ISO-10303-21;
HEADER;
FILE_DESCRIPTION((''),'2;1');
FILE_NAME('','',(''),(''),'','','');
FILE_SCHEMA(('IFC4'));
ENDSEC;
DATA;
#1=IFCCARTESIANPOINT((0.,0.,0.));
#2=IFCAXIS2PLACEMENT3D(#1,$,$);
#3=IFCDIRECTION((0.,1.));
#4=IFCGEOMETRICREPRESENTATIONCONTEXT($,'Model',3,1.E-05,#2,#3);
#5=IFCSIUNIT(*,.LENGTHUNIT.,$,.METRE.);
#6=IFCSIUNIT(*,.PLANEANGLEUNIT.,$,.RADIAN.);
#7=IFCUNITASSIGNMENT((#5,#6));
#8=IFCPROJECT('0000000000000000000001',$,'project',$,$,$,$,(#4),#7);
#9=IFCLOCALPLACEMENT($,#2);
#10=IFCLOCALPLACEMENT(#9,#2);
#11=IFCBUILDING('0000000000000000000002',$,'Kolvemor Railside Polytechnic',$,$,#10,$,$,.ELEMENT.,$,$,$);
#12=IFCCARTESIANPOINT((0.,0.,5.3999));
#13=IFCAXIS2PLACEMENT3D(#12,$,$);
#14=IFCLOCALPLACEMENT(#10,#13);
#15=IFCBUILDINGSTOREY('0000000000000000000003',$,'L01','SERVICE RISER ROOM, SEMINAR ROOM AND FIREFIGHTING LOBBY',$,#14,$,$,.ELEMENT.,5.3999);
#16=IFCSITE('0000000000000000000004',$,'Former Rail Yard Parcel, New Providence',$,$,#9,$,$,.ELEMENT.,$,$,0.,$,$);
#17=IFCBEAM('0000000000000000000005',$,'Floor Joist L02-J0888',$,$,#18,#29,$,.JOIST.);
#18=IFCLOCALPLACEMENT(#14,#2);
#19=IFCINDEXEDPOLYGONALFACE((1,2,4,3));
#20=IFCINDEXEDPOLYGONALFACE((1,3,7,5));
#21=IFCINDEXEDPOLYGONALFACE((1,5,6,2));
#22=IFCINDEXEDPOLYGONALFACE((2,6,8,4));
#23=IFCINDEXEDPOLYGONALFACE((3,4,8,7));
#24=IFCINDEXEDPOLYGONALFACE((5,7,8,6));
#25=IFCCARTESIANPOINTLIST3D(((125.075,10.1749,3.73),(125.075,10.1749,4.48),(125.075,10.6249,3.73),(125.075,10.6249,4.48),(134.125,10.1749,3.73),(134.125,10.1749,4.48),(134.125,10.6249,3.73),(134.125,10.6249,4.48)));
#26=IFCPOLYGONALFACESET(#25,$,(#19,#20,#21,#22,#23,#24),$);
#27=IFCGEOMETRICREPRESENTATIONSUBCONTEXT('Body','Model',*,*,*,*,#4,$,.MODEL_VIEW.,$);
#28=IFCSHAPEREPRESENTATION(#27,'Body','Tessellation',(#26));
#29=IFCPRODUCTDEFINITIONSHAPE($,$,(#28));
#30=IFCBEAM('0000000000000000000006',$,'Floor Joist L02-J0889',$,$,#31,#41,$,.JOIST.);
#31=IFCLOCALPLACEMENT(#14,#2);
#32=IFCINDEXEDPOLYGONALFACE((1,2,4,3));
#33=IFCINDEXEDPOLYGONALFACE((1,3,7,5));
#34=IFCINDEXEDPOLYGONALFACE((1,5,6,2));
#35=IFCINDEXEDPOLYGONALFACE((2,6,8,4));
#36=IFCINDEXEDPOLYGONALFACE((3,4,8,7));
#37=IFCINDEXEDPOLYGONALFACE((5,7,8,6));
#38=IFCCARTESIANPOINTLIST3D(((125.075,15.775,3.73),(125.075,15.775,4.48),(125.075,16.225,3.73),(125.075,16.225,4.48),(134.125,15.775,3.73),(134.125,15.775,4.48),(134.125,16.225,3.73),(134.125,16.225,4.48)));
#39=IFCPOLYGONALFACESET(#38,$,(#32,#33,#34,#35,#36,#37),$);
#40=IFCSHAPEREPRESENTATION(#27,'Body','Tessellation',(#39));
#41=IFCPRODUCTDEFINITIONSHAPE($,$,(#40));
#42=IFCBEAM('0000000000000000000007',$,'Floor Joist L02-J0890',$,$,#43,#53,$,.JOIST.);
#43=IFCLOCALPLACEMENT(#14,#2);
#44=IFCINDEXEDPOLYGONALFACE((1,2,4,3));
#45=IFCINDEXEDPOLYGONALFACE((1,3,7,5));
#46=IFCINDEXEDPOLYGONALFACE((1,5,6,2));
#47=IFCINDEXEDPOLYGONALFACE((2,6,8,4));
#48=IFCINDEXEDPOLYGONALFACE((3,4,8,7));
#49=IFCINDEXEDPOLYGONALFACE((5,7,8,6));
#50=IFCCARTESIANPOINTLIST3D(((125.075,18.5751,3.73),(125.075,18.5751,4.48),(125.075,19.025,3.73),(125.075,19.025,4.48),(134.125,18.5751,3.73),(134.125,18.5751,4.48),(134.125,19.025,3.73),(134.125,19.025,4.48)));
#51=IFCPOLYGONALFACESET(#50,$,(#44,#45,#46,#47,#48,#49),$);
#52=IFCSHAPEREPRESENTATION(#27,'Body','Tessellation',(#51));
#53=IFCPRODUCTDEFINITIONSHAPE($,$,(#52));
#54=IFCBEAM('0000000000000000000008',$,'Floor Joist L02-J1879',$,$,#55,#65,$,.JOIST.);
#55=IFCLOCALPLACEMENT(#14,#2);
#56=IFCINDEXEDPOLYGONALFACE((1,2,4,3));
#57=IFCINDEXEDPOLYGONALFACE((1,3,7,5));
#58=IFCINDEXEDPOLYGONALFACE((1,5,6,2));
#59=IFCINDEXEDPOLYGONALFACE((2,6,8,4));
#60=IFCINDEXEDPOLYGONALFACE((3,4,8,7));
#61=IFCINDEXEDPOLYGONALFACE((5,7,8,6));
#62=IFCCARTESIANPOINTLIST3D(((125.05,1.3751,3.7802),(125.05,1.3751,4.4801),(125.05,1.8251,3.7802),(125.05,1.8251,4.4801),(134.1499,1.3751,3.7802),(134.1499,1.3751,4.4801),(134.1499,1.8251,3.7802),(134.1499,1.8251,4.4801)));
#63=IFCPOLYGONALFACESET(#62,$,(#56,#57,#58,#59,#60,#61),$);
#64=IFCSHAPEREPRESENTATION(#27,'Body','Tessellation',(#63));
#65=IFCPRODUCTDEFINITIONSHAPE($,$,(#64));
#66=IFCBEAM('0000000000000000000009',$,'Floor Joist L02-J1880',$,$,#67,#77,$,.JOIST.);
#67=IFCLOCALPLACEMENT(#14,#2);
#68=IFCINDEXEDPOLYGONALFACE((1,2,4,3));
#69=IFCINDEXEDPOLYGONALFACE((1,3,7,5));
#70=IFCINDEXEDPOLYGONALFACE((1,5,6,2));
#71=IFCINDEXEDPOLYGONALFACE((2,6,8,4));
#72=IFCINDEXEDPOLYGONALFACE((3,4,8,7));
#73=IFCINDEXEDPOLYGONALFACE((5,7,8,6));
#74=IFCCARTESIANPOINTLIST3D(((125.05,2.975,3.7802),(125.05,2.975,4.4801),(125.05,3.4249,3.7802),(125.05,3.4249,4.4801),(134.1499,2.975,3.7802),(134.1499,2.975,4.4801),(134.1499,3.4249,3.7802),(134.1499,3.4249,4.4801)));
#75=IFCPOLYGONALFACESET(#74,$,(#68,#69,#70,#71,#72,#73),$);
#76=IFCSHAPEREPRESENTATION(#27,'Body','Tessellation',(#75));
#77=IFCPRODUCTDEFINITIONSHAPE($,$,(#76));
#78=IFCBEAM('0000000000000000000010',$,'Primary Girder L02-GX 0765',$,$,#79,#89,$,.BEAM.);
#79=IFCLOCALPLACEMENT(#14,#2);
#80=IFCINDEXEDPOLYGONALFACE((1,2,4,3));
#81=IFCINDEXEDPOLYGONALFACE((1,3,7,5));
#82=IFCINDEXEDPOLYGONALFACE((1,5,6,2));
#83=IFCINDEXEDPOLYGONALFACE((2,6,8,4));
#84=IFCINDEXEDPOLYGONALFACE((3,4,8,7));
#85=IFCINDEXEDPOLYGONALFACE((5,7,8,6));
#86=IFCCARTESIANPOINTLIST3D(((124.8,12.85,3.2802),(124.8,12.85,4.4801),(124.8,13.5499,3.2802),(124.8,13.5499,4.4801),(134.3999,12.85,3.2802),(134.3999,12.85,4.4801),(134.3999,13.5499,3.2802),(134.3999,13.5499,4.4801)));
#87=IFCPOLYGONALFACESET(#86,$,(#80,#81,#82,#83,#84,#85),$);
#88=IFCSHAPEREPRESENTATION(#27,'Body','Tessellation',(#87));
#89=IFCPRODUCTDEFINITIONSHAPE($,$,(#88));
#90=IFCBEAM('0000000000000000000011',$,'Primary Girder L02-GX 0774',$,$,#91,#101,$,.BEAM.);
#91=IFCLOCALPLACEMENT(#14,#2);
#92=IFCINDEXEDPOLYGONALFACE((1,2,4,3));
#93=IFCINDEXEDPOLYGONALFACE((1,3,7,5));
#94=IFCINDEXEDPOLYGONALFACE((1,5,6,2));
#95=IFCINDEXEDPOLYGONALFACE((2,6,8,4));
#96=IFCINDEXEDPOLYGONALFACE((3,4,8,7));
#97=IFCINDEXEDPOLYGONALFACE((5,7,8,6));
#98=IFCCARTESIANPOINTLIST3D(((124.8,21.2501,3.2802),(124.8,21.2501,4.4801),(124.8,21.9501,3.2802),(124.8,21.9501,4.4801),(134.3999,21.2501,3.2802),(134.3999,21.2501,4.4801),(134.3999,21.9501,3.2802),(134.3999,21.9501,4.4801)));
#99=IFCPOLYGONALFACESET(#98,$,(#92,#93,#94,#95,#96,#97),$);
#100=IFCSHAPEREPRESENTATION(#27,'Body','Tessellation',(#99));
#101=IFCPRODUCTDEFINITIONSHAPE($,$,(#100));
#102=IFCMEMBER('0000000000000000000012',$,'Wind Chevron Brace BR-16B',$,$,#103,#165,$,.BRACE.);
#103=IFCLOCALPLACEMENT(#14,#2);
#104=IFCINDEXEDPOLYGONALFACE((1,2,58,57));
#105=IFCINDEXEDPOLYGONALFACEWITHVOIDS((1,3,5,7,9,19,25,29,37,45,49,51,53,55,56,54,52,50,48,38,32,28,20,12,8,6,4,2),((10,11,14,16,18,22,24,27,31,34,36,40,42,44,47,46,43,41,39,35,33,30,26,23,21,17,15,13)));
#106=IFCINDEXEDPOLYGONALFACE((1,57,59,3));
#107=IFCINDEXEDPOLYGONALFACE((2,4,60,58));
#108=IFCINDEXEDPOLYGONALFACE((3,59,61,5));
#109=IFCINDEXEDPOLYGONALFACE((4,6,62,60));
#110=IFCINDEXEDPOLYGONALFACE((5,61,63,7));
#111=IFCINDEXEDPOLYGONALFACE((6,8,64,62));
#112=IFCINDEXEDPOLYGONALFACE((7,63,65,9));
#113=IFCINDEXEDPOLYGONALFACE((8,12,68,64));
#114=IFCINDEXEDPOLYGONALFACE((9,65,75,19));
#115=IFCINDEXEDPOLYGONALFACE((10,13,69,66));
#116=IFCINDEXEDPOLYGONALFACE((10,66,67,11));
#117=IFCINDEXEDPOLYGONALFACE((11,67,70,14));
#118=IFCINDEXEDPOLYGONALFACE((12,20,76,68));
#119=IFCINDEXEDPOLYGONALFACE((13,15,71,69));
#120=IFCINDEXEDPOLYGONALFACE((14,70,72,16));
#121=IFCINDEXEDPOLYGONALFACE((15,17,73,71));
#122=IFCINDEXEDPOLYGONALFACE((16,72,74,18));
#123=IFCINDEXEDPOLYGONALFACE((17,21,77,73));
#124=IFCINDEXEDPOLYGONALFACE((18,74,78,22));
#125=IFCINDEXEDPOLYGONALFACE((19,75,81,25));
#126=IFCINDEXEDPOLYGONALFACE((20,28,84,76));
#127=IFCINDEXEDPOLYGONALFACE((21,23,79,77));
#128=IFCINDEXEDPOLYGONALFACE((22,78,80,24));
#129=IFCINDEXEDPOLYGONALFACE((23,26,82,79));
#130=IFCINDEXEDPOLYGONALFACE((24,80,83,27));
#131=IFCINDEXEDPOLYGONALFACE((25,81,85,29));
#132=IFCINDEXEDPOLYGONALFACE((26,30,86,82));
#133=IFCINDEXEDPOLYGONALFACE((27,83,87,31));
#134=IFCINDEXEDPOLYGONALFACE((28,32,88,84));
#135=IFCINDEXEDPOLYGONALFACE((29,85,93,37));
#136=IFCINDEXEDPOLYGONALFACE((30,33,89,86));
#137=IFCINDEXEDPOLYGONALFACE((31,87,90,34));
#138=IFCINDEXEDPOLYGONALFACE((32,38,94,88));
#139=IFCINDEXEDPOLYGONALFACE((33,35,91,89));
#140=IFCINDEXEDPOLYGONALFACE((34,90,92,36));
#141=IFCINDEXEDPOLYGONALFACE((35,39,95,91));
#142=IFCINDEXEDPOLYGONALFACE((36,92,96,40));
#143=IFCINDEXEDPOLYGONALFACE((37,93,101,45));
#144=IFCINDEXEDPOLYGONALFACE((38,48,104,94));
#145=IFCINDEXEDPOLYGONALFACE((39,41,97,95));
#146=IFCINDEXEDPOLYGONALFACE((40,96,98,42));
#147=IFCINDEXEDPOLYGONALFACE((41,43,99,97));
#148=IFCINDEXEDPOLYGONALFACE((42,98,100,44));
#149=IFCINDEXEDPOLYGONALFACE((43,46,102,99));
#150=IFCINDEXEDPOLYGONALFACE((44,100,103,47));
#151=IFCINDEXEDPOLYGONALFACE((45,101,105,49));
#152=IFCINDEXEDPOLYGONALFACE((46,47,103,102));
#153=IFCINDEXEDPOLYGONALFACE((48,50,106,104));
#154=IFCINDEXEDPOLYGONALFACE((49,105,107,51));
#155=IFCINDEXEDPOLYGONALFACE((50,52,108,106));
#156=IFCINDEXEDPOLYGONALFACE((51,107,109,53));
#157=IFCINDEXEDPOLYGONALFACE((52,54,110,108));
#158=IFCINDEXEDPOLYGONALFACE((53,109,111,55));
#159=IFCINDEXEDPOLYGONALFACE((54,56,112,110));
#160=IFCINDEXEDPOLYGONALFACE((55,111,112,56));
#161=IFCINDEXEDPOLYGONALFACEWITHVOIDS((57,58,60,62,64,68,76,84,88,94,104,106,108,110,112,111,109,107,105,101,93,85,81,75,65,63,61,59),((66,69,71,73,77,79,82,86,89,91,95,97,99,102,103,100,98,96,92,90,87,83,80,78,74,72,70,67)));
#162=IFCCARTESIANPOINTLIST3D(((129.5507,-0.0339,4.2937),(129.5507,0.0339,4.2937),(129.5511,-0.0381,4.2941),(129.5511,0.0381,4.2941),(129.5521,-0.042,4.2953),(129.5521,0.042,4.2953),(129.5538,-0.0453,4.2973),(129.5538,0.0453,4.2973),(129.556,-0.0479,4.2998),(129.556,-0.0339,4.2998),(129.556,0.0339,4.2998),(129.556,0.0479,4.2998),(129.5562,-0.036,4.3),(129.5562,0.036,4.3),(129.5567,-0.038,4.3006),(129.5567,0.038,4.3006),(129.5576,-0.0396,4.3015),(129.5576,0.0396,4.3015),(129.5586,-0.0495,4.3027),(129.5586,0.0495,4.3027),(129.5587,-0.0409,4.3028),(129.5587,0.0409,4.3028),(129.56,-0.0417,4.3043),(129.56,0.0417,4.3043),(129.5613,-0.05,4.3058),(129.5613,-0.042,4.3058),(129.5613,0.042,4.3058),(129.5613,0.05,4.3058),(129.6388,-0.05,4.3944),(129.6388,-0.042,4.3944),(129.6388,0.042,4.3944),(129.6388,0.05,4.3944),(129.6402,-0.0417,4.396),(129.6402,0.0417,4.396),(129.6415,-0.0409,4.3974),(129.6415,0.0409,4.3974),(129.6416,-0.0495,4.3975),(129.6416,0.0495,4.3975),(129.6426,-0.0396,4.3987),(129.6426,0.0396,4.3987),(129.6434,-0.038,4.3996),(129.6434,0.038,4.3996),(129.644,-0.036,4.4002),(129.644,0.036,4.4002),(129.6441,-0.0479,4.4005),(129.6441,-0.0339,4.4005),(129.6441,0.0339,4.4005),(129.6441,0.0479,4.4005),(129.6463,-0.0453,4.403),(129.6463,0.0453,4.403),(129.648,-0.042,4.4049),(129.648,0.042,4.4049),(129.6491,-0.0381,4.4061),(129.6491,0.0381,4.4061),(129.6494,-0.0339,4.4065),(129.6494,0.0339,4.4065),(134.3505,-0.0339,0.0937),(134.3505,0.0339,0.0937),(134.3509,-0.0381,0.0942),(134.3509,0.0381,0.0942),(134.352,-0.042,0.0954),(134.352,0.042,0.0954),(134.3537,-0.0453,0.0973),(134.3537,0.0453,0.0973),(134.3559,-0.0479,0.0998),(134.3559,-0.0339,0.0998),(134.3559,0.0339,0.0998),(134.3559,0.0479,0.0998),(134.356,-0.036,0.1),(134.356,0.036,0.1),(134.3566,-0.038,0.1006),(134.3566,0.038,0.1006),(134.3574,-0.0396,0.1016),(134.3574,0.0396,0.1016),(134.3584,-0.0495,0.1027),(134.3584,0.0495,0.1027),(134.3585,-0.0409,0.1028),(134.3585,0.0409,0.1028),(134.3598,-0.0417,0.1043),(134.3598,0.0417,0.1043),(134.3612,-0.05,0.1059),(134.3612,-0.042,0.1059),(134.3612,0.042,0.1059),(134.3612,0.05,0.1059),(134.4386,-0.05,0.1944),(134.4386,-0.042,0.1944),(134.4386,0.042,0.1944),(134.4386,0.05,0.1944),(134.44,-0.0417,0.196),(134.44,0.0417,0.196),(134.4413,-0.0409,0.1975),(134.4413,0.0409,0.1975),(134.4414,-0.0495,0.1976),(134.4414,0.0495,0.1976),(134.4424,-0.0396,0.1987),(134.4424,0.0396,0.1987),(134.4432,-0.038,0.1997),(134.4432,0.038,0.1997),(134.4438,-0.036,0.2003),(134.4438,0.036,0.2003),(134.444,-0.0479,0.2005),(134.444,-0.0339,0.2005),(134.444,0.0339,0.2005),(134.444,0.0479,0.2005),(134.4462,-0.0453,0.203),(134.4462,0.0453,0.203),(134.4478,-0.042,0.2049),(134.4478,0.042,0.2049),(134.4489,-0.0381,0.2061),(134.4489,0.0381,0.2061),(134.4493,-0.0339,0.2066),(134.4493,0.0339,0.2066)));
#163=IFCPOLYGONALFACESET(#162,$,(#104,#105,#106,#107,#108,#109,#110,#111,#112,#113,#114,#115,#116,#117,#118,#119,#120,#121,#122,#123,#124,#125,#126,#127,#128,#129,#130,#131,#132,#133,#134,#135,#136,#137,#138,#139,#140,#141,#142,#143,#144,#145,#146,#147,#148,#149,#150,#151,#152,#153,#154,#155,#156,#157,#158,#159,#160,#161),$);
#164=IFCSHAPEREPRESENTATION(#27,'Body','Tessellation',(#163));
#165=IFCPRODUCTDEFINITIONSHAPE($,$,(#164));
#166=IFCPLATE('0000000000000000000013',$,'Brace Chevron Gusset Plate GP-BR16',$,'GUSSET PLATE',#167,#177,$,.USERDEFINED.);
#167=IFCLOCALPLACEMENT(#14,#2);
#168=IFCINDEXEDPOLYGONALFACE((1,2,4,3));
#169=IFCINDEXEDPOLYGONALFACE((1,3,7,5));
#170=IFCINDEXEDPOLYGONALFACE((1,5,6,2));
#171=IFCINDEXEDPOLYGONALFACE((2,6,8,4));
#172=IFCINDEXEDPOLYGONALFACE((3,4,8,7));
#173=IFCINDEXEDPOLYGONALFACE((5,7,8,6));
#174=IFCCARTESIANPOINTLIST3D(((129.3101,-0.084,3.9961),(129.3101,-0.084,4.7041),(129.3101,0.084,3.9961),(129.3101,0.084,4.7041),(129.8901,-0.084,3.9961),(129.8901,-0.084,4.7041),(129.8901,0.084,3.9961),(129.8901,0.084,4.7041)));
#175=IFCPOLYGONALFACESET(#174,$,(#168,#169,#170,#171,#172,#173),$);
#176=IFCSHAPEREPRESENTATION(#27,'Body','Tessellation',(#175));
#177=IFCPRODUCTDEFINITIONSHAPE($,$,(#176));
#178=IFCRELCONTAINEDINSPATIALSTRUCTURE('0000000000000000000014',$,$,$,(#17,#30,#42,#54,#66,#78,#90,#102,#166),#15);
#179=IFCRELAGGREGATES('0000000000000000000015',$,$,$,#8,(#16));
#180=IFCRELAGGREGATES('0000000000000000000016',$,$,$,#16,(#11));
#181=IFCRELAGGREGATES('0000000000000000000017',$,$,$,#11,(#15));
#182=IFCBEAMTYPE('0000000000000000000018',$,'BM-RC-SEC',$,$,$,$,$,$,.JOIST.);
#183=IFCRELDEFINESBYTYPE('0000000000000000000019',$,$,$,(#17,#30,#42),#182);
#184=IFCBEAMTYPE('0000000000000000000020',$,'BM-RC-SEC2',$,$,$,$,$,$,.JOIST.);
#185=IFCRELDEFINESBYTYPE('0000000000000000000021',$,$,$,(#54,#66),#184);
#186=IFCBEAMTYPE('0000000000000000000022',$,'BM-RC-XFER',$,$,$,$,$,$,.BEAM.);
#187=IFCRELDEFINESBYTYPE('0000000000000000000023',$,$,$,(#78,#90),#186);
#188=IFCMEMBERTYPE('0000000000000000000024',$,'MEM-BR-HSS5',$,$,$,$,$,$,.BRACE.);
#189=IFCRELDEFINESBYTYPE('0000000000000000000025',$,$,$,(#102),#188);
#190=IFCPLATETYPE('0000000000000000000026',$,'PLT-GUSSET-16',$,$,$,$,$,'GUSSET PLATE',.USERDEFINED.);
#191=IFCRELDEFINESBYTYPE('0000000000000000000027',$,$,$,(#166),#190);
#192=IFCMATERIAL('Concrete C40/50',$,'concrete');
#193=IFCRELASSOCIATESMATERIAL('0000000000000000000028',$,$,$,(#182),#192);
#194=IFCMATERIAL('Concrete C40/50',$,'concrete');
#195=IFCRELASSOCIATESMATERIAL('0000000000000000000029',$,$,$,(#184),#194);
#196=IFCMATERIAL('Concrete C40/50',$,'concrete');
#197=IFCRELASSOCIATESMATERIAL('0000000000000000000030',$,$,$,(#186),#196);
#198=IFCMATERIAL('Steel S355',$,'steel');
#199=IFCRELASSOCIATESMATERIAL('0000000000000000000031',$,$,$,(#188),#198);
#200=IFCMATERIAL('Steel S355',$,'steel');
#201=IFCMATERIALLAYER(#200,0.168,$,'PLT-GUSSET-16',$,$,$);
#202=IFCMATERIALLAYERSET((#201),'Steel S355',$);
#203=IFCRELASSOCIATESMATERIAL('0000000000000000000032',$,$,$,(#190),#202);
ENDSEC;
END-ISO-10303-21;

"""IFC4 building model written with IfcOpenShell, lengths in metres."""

from ifc_helpers import new_model, si_unit, direction, frame, origin, origin_2d, place, context, subcontext, project, spatial, rectangle, hollow_rectangle, extrude, material, layer, layer_set, material_profile, profile_set, type_object, element, save


model = new_model("IFC4")

# Units and contexts
model_context = context("Model", 3, precision=1e-05, world=origin(), true_north=direction((0.0, 1.0)))
body_context = subcontext(model_context, "Body", "Model", "MODEL_VIEW")
ifc_project = project(units=[si_unit("LENGTHUNIT", "METRE"), si_unit("PLANEANGLEUNIT", "RADIAN")], contexts=[model_context])

# Site, building, storey
site_placement = place(None, origin())
site = spatial("IfcSite", under=ifc_project, at=site_placement, Name="Former Rail Yard Parcel, New Providence", CompositionType="ELEMENT", RefElevation=0.0)
building_placement = place(site_placement, origin())
building = spatial("IfcBuilding", under=site, at=building_placement, Name="Kolvemor Railside Polytechnic", CompositionType="ELEMENT")
storey_placement = place(building_placement, frame((0.0, 0.0, 5.3999)))
storey = spatial("IfcBuildingStorey", under=building, at=storey_placement, Name="L01", Description="SERVICE RISER ROOM, SEMINAR ROOM AND FIREFIGHTING LOBBY", CompositionType="ELEMENT", Elevation=5.3999)

# Beams
ifc_material_1 = material(Name="Concrete C40/50", Category="concrete")
ifc_material_profile_1 = material_profile(ifc_material_1, rectangle(XDim=0.45, YDim=0.75, at=origin_2d()), Name="RC450x750")
ifc_profile_set_1 = profile_set([ifc_material_profile_1], Name="Concrete C40/50")
beam_type_1 = type_object("IfcBeamType", Name="BM-RC-SEC", PredefinedType="JOIST", material=ifc_profile_set_1)
for number, where, z_axis, x_axis, name in (
    (1, (125.075, 10.3999, 4.105), (1.0, 0.0, 0.0), (0.0, 1.0, 0.0), "Floor Joist L02-J0888"),
    (2, (125.075, 16.0, 4.105), (1.0, 0.0, 0.0), (0.0, 1.0, 0.0), "Floor Joist L02-J0889"),
    (3, (125.075, 18.8, 4.105), (1.0, 0.0, 0.0), (0.0, 1.0, 0.0), "Floor Joist L02-J0890"),
):
    element("IfcBeam", number, at=place(storey_placement, frame(where, z_axis=z_axis, x_axis=x_axis)), inside=storey, type_object=beam_type_1, Name=name, PredefinedType="JOIST", context=body_context, shape_type="SweptSolid", body=[
        extrude(rectangle(XDim=0.45, YDim=0.75, at=origin_2d()), origin(), (0.0, 0.0, 1.0), 9.05),
    ])
ifc_material_2 = material(Name="Concrete C40/50", Category="concrete")
ifc_material_profile_2 = material_profile(ifc_material_2, rectangle(XDim=0.45, YDim=0.7, at=origin_2d()), Name="RC450x700")
ifc_profile_set_2 = profile_set([ifc_material_profile_2], Name="Concrete C40/50")
beam_type_2 = type_object("IfcBeamType", Name="BM-RC-SEC2", PredefinedType="JOIST", material=ifc_profile_set_2)
for number, where, z_axis, x_axis, name in (
    (4, (125.05, 1.6001, 4.1301), (1.0, 0.0, 0.0), (0.0, 1.0, 0.0), "Floor Joist L02-J1879"),
    (5, (125.05, 3.2, 4.1301), (1.0, 0.0, 0.0), (0.0, 1.0, 0.0), "Floor Joist L02-J1880"),
):
    element("IfcBeam", number, at=place(storey_placement, frame(where, z_axis=z_axis, x_axis=x_axis)), inside=storey, type_object=beam_type_2, Name=name, PredefinedType="JOIST", context=body_context, shape_type="SweptSolid", body=[
        extrude(rectangle(XDim=0.45, YDim=0.7, at=origin_2d()), origin(), (0.0, 0.0, 1.0), 9.0999),
    ])
ifc_material_3 = material(Name="Concrete C40/50", Category="concrete")
ifc_material_profile_3 = material_profile(ifc_material_3, rectangle(XDim=0.7, YDim=1.2, at=origin_2d()), Name="RC700x1200")
ifc_profile_set_3 = profile_set([ifc_material_profile_3], Name="Concrete C40/50")
beam_type_3 = type_object("IfcBeamType", Name="BM-RC-XFER", PredefinedType="BEAM", material=ifc_profile_set_3)
for number, where, z_axis, x_axis, name in (
    (6, (124.8, 13.2, 3.8801), (1.0, 0.0, 0.0), (0.0, 1.0, 0.0), "Primary Girder L02-GX 0765"),
    (7, (124.8, 21.6001, 3.8801), (1.0, 0.0, 0.0), (0.0, 1.0, 0.0), "Primary Girder L02-GX 0774"),
):
    element("IfcBeam", number, at=place(storey_placement, frame(where, z_axis=z_axis, x_axis=x_axis)), inside=storey, type_object=beam_type_3, Name=name, PredefinedType="BEAM", context=body_context, shape_type="SweptSolid", body=[
        extrude(rectangle(XDim=0.7, YDim=1.2, at=origin_2d()), origin(), (0.0, 0.0, 1.0), 9.5999),
    ])

# Member
ifc_material_4 = material(Name="Steel S355", Category="steel")
ifc_material_profile_4 = material_profile(ifc_material_4, hollow_rectangle(XDim=0.1001, YDim=0.1499, WallThickness=0.0081, InnerFilletRadius=0.0081, OuterFilletRadius=0.0161, at=origin_2d()), Name="HSS150x100x8")
ifc_profile_set_4 = profile_set([ifc_material_profile_4], Name="Steel S355")
member_type = type_object("IfcMemberType", Name="MEM-BR-HSS5", PredefinedType="BRACE", material=ifc_profile_set_4)
member_placement = place(storey_placement, frame((134.3999, 0.0, 0.1501), z_axis=(-0.752567, 0.0, 0.658515), x_axis=(0.0, -1.0, 0.0)))
element("IfcMember", 8, at=member_placement, inside=storey, type_object=member_type, Name="Wind Chevron Brace BR-16B", PredefinedType="BRACE", context=body_context, shape_type="SweptSolid", body=[
    extrude(hollow_rectangle(XDim=0.1001, YDim=0.1499, WallThickness=0.0081, InnerFilletRadius=0.0081, OuterFilletRadius=0.0161, at=origin_2d()), origin(), (0.0, 0.0, 1.0), 6.3779),
])

# Plate
ifc_material_5 = material(Name="Steel S355", Category="steel")
ifc_layer_1 = layer(ifc_material_5, 0.168, Name="PLT-GUSSET-16")
ifc_layer_set_1 = layer_set([ifc_layer_1], Name="Steel S355")
plate_type = type_object("IfcPlateType", Name="PLT-GUSSET-16", ElementType="GUSSET PLATE", PredefinedType="USERDEFINED", material=ifc_layer_set_1)
plate_placement = place(storey_placement, frame((129.6001, 0.0, 3.9961), z_axis=(0.0, 0.0, 1.0), x_axis=(1.0, 0.0, 0.0)))
element("IfcPlate", 9, at=plate_placement, inside=storey, type_object=plate_type, Name="Brace Chevron Gusset Plate GP-BR16", ObjectType="GUSSET PLATE", PredefinedType="USERDEFINED", context=body_context, shape_type="SweptSolid", body=[
    extrude(rectangle(XDim=0.5801, YDim=0.168, at=origin_2d()), origin(), (0.0, 0.0, 1.0), 0.708),
])

save(model, "model.ifc")
